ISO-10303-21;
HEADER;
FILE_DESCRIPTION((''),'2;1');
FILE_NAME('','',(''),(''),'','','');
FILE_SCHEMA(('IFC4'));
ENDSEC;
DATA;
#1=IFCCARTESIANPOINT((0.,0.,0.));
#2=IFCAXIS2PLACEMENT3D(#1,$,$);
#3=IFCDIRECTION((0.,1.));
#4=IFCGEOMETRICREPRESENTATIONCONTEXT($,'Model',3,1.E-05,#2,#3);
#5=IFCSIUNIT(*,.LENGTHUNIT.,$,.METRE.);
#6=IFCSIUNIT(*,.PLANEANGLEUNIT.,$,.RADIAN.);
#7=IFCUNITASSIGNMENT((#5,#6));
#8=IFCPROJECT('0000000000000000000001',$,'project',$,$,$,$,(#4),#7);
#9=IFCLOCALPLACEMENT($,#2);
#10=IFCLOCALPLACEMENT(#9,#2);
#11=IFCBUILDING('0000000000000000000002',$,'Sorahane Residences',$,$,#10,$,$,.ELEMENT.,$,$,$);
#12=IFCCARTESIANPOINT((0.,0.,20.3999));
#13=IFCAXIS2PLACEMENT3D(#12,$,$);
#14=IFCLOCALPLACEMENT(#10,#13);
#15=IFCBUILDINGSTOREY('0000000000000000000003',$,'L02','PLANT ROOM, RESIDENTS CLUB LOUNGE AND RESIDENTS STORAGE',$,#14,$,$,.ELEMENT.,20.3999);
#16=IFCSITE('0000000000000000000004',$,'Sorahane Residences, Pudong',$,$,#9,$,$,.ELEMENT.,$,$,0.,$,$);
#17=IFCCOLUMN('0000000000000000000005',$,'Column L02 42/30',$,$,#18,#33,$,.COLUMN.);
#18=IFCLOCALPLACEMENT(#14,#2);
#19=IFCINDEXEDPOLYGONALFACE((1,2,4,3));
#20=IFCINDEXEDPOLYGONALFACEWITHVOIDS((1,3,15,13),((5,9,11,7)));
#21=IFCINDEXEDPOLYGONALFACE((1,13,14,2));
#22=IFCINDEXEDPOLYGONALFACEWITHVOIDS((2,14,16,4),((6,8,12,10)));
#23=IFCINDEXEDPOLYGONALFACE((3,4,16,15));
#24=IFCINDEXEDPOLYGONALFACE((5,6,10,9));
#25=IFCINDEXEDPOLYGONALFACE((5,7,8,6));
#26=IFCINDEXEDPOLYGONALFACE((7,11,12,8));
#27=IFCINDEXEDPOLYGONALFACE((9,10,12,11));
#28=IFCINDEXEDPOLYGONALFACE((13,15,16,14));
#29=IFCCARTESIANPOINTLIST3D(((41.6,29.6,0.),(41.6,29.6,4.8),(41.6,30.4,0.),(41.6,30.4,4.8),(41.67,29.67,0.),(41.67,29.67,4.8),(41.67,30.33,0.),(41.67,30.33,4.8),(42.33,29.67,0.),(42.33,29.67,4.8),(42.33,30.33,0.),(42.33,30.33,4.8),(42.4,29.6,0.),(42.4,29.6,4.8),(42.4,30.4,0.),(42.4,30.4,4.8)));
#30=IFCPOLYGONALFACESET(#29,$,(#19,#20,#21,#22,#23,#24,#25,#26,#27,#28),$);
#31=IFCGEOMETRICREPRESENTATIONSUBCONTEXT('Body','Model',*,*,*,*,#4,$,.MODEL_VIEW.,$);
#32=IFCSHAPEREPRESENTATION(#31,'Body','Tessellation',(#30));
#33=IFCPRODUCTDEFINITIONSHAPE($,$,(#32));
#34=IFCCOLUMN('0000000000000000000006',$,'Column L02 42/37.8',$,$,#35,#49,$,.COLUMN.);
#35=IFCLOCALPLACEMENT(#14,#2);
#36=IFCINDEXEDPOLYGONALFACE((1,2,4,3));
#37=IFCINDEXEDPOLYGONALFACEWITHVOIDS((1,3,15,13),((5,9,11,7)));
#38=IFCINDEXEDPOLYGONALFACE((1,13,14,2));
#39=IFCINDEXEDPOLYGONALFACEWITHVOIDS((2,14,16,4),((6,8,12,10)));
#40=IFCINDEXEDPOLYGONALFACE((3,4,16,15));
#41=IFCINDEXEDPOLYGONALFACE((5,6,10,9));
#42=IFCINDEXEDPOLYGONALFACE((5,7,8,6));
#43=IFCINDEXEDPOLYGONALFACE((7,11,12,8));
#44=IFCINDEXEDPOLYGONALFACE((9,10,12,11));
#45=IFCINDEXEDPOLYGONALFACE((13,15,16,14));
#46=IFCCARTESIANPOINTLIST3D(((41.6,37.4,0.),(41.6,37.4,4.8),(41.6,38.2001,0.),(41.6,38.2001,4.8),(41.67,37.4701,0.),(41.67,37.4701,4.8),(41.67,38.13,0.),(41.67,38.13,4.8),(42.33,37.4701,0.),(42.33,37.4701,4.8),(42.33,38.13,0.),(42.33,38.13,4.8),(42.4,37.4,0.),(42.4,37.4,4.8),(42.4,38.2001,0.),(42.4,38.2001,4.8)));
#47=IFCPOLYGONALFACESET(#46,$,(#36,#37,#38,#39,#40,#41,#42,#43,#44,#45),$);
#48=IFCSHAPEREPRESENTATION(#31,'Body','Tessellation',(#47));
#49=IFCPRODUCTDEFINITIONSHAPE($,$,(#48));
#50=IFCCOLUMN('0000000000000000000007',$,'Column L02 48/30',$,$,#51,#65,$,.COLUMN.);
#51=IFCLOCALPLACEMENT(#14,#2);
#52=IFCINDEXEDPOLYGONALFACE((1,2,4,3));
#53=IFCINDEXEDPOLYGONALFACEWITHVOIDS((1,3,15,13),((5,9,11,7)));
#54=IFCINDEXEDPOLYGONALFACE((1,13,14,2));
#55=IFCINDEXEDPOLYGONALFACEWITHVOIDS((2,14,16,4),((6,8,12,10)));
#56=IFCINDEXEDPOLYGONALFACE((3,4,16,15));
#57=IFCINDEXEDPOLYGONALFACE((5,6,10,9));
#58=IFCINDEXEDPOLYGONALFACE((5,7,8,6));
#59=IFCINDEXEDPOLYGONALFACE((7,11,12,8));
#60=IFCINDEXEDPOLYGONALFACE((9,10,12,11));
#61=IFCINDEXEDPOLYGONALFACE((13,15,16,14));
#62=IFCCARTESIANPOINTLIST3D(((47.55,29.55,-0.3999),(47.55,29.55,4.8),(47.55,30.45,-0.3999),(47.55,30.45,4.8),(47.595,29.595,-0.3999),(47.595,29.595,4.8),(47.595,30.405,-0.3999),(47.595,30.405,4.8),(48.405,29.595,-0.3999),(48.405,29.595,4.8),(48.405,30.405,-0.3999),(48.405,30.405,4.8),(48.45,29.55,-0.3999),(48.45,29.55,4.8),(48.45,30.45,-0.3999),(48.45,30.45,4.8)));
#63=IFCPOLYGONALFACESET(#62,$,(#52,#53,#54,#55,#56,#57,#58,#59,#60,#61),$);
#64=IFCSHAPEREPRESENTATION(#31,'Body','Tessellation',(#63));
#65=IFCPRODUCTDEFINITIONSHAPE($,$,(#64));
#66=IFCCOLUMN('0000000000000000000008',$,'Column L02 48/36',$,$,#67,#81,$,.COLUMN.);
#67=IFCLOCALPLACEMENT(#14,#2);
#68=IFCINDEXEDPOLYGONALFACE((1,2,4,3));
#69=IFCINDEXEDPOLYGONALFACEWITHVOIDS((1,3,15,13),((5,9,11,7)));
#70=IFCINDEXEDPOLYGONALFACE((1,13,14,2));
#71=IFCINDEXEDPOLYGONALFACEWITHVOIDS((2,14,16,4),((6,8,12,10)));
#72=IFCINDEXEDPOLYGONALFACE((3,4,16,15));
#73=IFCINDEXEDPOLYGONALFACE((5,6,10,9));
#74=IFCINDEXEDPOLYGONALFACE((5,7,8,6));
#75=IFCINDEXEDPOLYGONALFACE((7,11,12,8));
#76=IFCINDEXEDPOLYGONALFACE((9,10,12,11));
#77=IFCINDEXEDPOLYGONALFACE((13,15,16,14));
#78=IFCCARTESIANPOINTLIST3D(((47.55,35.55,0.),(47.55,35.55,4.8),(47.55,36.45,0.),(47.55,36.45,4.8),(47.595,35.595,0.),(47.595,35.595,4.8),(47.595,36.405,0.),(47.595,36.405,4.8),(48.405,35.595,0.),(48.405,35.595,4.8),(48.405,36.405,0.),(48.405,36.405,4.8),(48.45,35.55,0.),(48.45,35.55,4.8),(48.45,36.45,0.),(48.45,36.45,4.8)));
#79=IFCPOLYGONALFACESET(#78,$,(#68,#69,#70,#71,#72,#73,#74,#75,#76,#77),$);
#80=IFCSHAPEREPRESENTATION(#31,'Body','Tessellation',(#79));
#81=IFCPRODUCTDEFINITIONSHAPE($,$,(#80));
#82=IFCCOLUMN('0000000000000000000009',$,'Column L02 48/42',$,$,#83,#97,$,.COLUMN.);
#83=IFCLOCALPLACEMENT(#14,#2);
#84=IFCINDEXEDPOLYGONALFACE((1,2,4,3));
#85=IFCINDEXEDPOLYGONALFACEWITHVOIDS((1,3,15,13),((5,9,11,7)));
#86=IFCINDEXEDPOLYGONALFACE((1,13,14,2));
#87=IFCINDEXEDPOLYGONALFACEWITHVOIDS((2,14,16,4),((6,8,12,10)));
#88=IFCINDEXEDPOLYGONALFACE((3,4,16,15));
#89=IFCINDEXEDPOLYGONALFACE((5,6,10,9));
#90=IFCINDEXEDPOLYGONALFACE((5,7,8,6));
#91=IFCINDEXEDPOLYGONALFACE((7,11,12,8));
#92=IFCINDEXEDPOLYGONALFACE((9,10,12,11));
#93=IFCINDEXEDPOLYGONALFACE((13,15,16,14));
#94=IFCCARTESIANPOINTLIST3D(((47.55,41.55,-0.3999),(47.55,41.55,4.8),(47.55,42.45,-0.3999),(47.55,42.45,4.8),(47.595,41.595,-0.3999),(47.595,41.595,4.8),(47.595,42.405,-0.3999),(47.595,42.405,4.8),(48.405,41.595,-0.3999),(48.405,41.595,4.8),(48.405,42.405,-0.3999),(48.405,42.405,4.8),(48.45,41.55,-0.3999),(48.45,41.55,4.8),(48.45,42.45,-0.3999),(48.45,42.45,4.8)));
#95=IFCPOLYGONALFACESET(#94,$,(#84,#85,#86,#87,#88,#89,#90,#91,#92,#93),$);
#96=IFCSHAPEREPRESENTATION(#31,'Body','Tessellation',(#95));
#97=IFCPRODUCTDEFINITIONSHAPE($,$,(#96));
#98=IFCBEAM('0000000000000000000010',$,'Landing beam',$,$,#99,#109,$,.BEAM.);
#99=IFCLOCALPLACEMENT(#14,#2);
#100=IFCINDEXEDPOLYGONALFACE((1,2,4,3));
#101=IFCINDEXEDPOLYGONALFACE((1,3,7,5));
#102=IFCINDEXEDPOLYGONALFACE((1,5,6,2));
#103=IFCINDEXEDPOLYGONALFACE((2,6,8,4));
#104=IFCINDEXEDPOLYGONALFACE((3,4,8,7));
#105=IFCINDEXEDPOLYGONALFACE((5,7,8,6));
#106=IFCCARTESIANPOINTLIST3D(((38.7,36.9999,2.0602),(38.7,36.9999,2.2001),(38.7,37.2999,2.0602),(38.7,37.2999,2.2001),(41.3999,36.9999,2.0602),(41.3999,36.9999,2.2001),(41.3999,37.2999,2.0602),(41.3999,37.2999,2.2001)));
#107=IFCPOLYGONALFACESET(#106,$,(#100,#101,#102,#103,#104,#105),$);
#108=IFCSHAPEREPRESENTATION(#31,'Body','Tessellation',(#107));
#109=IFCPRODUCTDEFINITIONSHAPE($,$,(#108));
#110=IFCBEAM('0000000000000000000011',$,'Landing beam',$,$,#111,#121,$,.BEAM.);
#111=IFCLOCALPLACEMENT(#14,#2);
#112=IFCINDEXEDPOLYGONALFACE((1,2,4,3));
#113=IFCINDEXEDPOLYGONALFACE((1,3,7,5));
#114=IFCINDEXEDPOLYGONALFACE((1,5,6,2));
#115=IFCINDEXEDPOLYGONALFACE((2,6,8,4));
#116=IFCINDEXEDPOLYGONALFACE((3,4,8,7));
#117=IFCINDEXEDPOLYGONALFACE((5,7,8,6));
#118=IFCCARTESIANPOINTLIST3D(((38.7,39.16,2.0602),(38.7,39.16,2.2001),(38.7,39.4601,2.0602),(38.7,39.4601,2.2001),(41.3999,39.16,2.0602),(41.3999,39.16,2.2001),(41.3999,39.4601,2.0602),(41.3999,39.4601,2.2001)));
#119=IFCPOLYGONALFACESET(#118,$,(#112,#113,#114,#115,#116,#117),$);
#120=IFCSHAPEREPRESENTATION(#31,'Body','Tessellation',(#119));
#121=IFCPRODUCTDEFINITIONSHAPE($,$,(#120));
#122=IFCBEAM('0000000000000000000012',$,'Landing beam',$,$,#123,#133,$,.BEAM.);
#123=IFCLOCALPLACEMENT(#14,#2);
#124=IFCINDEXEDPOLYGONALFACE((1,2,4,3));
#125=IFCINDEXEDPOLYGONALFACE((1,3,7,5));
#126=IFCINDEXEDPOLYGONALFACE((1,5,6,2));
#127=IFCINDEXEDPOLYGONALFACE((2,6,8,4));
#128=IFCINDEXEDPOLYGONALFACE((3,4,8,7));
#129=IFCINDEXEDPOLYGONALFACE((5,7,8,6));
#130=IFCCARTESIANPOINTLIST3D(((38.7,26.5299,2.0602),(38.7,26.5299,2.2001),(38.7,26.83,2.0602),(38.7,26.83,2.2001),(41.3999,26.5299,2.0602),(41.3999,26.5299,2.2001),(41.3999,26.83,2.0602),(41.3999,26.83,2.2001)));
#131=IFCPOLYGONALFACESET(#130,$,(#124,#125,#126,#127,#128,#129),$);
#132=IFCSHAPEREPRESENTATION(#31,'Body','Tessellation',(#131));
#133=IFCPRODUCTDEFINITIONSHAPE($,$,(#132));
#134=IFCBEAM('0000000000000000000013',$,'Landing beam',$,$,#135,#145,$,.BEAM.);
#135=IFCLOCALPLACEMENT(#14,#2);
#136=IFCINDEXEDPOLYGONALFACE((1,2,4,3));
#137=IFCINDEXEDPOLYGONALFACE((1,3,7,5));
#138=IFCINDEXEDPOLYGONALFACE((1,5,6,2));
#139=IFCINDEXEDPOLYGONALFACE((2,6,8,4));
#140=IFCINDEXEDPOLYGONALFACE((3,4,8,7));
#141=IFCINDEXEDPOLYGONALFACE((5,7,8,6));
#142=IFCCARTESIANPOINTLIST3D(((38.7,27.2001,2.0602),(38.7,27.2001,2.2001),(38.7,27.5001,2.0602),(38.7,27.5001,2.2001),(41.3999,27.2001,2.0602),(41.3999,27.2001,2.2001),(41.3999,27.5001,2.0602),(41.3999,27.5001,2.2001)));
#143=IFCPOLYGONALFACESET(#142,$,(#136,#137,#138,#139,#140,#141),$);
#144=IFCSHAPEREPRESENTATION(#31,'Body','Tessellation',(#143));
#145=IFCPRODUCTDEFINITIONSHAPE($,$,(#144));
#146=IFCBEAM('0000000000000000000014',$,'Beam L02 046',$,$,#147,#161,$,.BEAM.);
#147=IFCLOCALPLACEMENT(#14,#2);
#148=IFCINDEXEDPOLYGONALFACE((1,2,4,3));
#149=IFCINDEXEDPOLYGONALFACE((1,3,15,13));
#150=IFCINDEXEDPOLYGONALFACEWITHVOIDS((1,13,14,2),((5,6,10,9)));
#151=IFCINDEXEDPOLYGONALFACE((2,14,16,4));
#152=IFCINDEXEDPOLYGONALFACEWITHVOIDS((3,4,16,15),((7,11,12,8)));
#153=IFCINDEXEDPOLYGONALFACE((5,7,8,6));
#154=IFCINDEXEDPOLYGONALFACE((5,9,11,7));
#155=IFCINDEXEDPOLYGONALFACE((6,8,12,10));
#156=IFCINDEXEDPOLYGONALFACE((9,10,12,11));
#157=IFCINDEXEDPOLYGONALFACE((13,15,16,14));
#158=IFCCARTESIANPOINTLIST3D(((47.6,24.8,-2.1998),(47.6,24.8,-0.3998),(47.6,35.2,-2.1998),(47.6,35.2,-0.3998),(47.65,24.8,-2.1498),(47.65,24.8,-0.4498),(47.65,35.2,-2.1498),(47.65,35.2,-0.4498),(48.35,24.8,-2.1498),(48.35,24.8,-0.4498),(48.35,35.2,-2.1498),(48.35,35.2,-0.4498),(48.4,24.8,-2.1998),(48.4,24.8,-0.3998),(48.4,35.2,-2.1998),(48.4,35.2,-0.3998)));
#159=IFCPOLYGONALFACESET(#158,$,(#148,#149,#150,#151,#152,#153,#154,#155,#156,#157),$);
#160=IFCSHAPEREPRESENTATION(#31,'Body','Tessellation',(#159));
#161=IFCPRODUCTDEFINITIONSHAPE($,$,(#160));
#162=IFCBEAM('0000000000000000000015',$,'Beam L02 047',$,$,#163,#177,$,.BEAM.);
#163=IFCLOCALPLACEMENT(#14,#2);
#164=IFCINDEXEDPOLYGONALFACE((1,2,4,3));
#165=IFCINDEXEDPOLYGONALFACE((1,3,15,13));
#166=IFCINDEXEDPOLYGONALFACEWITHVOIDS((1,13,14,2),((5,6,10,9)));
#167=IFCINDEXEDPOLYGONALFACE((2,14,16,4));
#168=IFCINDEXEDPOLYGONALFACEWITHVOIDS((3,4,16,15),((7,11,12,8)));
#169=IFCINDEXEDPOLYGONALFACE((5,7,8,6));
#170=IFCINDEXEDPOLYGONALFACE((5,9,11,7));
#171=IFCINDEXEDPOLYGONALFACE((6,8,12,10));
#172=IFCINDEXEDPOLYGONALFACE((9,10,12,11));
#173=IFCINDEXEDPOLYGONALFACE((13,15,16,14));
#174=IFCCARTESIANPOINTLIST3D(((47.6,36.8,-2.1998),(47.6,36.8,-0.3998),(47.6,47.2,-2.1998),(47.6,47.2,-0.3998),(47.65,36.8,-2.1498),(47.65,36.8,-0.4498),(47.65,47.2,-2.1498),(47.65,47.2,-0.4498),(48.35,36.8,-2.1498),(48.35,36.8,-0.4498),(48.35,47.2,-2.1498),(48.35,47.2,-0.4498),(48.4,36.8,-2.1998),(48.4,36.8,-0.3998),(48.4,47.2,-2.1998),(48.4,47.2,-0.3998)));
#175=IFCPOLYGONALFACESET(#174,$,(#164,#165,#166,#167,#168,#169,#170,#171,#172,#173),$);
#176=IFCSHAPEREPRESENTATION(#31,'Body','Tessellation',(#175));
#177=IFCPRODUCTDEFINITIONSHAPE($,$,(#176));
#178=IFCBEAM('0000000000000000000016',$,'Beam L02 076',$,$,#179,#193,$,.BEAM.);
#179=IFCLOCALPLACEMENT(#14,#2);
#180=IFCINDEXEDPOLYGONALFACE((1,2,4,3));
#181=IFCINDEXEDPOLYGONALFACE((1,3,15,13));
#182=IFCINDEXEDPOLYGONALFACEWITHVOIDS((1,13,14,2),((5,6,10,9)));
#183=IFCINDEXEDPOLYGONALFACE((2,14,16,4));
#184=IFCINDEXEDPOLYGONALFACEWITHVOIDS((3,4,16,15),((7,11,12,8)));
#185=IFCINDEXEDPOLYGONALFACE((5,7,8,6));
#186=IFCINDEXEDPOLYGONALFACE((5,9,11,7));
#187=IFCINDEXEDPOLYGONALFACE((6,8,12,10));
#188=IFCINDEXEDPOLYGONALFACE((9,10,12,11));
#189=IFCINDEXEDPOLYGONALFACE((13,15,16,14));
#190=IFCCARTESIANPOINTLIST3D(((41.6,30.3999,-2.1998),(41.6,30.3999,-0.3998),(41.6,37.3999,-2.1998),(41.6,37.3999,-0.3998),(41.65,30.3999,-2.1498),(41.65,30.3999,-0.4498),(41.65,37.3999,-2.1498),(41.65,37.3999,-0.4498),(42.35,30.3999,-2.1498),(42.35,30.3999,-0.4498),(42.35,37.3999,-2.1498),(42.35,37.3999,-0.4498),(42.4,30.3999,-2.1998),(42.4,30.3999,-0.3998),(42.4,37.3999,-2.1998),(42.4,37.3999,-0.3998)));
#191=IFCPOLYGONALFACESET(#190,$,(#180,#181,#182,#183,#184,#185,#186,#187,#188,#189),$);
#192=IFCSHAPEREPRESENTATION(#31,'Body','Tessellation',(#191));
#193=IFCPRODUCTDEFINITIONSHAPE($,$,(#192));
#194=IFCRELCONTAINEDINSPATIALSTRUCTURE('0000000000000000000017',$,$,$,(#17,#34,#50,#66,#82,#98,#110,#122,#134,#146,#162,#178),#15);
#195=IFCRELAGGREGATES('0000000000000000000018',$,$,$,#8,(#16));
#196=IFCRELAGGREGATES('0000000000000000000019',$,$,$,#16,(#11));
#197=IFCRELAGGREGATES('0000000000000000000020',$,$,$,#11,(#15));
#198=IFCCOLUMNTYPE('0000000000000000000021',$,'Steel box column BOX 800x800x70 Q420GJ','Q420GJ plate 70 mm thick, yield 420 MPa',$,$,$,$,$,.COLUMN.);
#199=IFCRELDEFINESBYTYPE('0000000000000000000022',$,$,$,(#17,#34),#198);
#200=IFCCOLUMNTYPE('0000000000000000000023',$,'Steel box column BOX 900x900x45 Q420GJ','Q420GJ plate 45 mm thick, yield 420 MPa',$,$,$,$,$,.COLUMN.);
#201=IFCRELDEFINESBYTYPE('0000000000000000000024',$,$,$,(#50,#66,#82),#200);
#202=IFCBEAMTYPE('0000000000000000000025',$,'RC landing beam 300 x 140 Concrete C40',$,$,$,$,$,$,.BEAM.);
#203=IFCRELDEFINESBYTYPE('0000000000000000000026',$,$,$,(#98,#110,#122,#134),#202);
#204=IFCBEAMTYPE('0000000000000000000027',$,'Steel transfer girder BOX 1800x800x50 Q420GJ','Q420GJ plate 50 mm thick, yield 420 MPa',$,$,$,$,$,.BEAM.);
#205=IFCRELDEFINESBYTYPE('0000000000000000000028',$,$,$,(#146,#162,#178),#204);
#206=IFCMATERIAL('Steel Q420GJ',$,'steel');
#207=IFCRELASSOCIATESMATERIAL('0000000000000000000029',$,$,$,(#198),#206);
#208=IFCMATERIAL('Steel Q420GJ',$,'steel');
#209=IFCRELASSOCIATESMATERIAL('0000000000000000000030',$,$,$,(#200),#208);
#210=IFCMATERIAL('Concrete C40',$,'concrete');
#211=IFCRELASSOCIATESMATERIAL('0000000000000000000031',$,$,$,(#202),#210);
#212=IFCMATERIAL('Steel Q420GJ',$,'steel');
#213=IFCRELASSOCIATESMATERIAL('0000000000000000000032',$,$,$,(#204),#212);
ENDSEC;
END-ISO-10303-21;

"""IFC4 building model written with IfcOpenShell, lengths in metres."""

from ifc_helpers import new_model, si_unit, direction, frame, origin, origin_2d, place, context, subcontext, project, spatial, rectangle, hollow_rectangle, extrude, material, material_profile, profile_set, type_object, element, save


model = new_model("IFC4")

# Units and contexts
model_context = context("Model", 3, precision=1e-05, world=origin(), true_north=direction((0.0, 1.0)))
body_context = subcontext(model_context, "Body", "Model", "MODEL_VIEW")
ifc_project = project(units=[si_unit("LENGTHUNIT", "METRE"), si_unit("PLANEANGLEUNIT", "RADIAN")], contexts=[model_context])

# Site, building, storey
site_placement = place(None, origin())
site = spatial("IfcSite", under=ifc_project, at=site_placement, Name="Sorahane Residences, Pudong", CompositionType="ELEMENT", RefElevation=0.0)
building_placement = place(site_placement, origin())
building = spatial("IfcBuilding", under=site, at=building_placement, Name="Sorahane Residences", CompositionType="ELEMENT")
storey_placement = place(building_placement, frame((0.0, 0.0, 20.3999)))
storey = spatial("IfcBuildingStorey", under=building, at=storey_placement, Name="L02", Description="PLANT ROOM, RESIDENTS CLUB LOUNGE AND RESIDENTS STORAGE", CompositionType="ELEMENT", Elevation=20.3999)

# Columns
ifc_material_1 = material(Name="Steel Q420GJ", Category="steel")
ifc_material_profile_1 = material_profile(ifc_material_1, hollow_rectangle(XDim=0.8, YDim=0.8, WallThickness=0.0701, at=origin_2d()), Name="BOX 800x800x70")
ifc_profile_set_1 = profile_set([ifc_material_profile_1], Name="Steel Q420GJ")
column_type_1 = type_object("IfcColumnType", Name="Steel box column BOX 800x800x70 Q420GJ", Description="Q420GJ plate 70 mm thick, yield 420 MPa", PredefinedType="COLUMN", material=ifc_profile_set_1)
for number, where, z_axis, x_axis, name in (
    (1, (42.0, 30.0, 0.0), (0.0, 0.0, 1.0), (1.0, 0.0, 0.0), "Column L02 42/30"),
    (2, (42.0, 37.8, 0.0), (0.0, 0.0, 1.0), (1.0, 0.0, 0.0), "Column L02 42/37.8"),
):
    element("IfcColumn", number, at=place(storey_placement, frame(where, z_axis=z_axis, x_axis=x_axis)), inside=storey, type_object=column_type_1, Name=name, PredefinedType="COLUMN", context=body_context, shape_type="SweptSolid", body=[
        extrude(hollow_rectangle(XDim=0.8, YDim=0.8, WallThickness=0.0701, at=origin_2d()), origin(), (0.0, 0.0, 1.0), 4.8),
    ])
ifc_material_2 = material(Name="Steel Q420GJ", Category="steel")
ifc_material_profile_2 = material_profile(ifc_material_2, hollow_rectangle(XDim=0.8999, YDim=0.8999, WallThickness=0.0449, at=origin_2d()), Name="BOX 900x900x45")
ifc_profile_set_2 = profile_set([ifc_material_profile_2], Name="Steel Q420GJ")
column_type_2 = type_object("IfcColumnType", Name="Steel box column BOX 900x900x45 Q420GJ", Description="Q420GJ plate 45 mm thick, yield 420 MPa", PredefinedType="COLUMN", material=ifc_profile_set_2)
column_1_placement = place(storey_placement, frame((48.0, 30.0, -0.3999), z_axis=(0.0, 0.0, 1.0), x_axis=(1.0, 0.0, 0.0)))
element("IfcColumn", 3, at=column_1_placement, inside=storey, type_object=column_type_2, Name="Column L02 48/30", PredefinedType="COLUMN", context=body_context, shape_type="SweptSolid", body=[
    extrude(hollow_rectangle(XDim=0.8999, YDim=0.8999, WallThickness=0.0449, at=origin_2d()), origin(), (0.0, 0.0, 1.0), 5.2),
])
column_2_placement = place(storey_placement, frame((48.0, 36.0, 0.0), z_axis=(0.0, 0.0, 1.0), x_axis=(1.0, 0.0, 0.0)))
element("IfcColumn", 4, at=column_2_placement, inside=storey, type_object=column_type_2, Name="Column L02 48/36", PredefinedType="COLUMN", context=body_context, shape_type="SweptSolid", body=[
    extrude(hollow_rectangle(XDim=0.8999, YDim=0.8999, WallThickness=0.0449, at=origin_2d()), origin(), (0.0, 0.0, 1.0), 4.8),
])
column_3_placement = place(storey_placement, frame((48.0, 42.0, -0.3999), z_axis=(0.0, 0.0, 1.0), x_axis=(1.0, 0.0, 0.0)))
element("IfcColumn", 5, at=column_3_placement, inside=storey, type_object=column_type_2, Name="Column L02 48/42", PredefinedType="COLUMN", context=body_context, shape_type="SweptSolid", body=[
    extrude(hollow_rectangle(XDim=0.8999, YDim=0.8999, WallThickness=0.0449, at=origin_2d()), origin(), (0.0, 0.0, 1.0), 5.2),
])

# Beams
ifc_material_3 = material(Name="Concrete C40", Category="concrete")
ifc_material_profile_3 = material_profile(ifc_material_3, rectangle(XDim=0.3, YDim=0.1399, at=origin_2d()), Name="300x140")
ifc_profile_set_3 = profile_set([ifc_material_profile_3], Name="Concrete C40")
beam_type_1 = type_object("IfcBeamType", Name="RC landing beam 300 x 140 Concrete C40", PredefinedType="BEAM", material=ifc_profile_set_3)
for number, where, z_axis, x_axis, name in (
    (6, (38.7, 37.1499, 2.1301), (1.0, 0.0, 0.0), (0.0, 1.0, 0.0), "Landing beam"),
    (7, (38.7, 39.3101, 2.1301), (1.0, 0.0, 0.0), (0.0, 1.0, 0.0), "Landing beam"),
    (8, (38.7, 26.6799, 2.1301), (1.0, 0.0, 0.0), (0.0, 1.0, 0.0), "Landing beam"),
    (9, (38.7, 27.3501, 2.1301), (1.0, 0.0, 0.0), (0.0, 1.0, 0.0), "Landing beam"),
):
    element("IfcBeam", number, at=place(storey_placement, frame(where, z_axis=z_axis, x_axis=x_axis)), inside=storey, type_object=beam_type_1, Name=name, PredefinedType="BEAM", context=body_context, shape_type="SweptSolid", body=[
        extrude(rectangle(XDim=0.3, YDim=0.1399, at=origin_2d()), origin(), (0.0, 0.0, 1.0), 2.7),
    ])
ifc_material_4 = material(Name="Steel Q420GJ", Category="steel")
ifc_material_profile_4 = material_profile(ifc_material_4, hollow_rectangle(XDim=0.8, YDim=1.8, WallThickness=0.05, at=origin_2d()), Name="BOX 1800x800x50")
ifc_profile_set_4 = profile_set([ifc_material_profile_4], Name="Steel Q420GJ")
beam_type_2 = type_object("IfcBeamType", Name="Steel transfer girder BOX 1800x800x50 Q420GJ", Description="Q420GJ plate 50 mm thick, yield 420 MPa", PredefinedType="BEAM", material=ifc_profile_set_4)
for number, where, z_axis, x_axis, name in (
    (10, (48.0, 24.8, -1.2998), (0.0, 1.0, 0.0), (-1.0, 0.0, 0.0), "Beam L02 046"),
    (11, (48.0, 36.8, -1.2998), (0.0, 1.0, 0.0), (-1.0, 0.0, 0.0), "Beam L02 047"),
):
    element("IfcBeam", number, at=place(storey_placement, frame(where, z_axis=z_axis, x_axis=x_axis)), inside=storey, type_object=beam_type_2, Name=name, PredefinedType="BEAM", context=body_context, shape_type="SweptSolid", body=[
        extrude(hollow_rectangle(XDim=0.8, YDim=1.8, WallThickness=0.05, at=origin_2d()), origin(), (0.0, 0.0, 1.0), 10.3999),
    ])
for number, where, z_axis, x_axis, name in (
    (12, (42.0, 30.3999, -1.2998), (0.0, 1.0, 0.0), (-1.0, 0.0, 0.0), "Beam L02 076"),
):
    element("IfcBeam", number, at=place(storey_placement, frame(where, z_axis=z_axis, x_axis=x_axis)), inside=storey, type_object=beam_type_2, Name=name, PredefinedType="BEAM", context=body_context, shape_type="SweptSolid", body=[
        extrude(hollow_rectangle(XDim=0.8, YDim=1.8, WallThickness=0.05, at=origin_2d()), origin(), (0.0, 0.0, 1.0), 7.0),
    ])

save(model, "model.ifc")
